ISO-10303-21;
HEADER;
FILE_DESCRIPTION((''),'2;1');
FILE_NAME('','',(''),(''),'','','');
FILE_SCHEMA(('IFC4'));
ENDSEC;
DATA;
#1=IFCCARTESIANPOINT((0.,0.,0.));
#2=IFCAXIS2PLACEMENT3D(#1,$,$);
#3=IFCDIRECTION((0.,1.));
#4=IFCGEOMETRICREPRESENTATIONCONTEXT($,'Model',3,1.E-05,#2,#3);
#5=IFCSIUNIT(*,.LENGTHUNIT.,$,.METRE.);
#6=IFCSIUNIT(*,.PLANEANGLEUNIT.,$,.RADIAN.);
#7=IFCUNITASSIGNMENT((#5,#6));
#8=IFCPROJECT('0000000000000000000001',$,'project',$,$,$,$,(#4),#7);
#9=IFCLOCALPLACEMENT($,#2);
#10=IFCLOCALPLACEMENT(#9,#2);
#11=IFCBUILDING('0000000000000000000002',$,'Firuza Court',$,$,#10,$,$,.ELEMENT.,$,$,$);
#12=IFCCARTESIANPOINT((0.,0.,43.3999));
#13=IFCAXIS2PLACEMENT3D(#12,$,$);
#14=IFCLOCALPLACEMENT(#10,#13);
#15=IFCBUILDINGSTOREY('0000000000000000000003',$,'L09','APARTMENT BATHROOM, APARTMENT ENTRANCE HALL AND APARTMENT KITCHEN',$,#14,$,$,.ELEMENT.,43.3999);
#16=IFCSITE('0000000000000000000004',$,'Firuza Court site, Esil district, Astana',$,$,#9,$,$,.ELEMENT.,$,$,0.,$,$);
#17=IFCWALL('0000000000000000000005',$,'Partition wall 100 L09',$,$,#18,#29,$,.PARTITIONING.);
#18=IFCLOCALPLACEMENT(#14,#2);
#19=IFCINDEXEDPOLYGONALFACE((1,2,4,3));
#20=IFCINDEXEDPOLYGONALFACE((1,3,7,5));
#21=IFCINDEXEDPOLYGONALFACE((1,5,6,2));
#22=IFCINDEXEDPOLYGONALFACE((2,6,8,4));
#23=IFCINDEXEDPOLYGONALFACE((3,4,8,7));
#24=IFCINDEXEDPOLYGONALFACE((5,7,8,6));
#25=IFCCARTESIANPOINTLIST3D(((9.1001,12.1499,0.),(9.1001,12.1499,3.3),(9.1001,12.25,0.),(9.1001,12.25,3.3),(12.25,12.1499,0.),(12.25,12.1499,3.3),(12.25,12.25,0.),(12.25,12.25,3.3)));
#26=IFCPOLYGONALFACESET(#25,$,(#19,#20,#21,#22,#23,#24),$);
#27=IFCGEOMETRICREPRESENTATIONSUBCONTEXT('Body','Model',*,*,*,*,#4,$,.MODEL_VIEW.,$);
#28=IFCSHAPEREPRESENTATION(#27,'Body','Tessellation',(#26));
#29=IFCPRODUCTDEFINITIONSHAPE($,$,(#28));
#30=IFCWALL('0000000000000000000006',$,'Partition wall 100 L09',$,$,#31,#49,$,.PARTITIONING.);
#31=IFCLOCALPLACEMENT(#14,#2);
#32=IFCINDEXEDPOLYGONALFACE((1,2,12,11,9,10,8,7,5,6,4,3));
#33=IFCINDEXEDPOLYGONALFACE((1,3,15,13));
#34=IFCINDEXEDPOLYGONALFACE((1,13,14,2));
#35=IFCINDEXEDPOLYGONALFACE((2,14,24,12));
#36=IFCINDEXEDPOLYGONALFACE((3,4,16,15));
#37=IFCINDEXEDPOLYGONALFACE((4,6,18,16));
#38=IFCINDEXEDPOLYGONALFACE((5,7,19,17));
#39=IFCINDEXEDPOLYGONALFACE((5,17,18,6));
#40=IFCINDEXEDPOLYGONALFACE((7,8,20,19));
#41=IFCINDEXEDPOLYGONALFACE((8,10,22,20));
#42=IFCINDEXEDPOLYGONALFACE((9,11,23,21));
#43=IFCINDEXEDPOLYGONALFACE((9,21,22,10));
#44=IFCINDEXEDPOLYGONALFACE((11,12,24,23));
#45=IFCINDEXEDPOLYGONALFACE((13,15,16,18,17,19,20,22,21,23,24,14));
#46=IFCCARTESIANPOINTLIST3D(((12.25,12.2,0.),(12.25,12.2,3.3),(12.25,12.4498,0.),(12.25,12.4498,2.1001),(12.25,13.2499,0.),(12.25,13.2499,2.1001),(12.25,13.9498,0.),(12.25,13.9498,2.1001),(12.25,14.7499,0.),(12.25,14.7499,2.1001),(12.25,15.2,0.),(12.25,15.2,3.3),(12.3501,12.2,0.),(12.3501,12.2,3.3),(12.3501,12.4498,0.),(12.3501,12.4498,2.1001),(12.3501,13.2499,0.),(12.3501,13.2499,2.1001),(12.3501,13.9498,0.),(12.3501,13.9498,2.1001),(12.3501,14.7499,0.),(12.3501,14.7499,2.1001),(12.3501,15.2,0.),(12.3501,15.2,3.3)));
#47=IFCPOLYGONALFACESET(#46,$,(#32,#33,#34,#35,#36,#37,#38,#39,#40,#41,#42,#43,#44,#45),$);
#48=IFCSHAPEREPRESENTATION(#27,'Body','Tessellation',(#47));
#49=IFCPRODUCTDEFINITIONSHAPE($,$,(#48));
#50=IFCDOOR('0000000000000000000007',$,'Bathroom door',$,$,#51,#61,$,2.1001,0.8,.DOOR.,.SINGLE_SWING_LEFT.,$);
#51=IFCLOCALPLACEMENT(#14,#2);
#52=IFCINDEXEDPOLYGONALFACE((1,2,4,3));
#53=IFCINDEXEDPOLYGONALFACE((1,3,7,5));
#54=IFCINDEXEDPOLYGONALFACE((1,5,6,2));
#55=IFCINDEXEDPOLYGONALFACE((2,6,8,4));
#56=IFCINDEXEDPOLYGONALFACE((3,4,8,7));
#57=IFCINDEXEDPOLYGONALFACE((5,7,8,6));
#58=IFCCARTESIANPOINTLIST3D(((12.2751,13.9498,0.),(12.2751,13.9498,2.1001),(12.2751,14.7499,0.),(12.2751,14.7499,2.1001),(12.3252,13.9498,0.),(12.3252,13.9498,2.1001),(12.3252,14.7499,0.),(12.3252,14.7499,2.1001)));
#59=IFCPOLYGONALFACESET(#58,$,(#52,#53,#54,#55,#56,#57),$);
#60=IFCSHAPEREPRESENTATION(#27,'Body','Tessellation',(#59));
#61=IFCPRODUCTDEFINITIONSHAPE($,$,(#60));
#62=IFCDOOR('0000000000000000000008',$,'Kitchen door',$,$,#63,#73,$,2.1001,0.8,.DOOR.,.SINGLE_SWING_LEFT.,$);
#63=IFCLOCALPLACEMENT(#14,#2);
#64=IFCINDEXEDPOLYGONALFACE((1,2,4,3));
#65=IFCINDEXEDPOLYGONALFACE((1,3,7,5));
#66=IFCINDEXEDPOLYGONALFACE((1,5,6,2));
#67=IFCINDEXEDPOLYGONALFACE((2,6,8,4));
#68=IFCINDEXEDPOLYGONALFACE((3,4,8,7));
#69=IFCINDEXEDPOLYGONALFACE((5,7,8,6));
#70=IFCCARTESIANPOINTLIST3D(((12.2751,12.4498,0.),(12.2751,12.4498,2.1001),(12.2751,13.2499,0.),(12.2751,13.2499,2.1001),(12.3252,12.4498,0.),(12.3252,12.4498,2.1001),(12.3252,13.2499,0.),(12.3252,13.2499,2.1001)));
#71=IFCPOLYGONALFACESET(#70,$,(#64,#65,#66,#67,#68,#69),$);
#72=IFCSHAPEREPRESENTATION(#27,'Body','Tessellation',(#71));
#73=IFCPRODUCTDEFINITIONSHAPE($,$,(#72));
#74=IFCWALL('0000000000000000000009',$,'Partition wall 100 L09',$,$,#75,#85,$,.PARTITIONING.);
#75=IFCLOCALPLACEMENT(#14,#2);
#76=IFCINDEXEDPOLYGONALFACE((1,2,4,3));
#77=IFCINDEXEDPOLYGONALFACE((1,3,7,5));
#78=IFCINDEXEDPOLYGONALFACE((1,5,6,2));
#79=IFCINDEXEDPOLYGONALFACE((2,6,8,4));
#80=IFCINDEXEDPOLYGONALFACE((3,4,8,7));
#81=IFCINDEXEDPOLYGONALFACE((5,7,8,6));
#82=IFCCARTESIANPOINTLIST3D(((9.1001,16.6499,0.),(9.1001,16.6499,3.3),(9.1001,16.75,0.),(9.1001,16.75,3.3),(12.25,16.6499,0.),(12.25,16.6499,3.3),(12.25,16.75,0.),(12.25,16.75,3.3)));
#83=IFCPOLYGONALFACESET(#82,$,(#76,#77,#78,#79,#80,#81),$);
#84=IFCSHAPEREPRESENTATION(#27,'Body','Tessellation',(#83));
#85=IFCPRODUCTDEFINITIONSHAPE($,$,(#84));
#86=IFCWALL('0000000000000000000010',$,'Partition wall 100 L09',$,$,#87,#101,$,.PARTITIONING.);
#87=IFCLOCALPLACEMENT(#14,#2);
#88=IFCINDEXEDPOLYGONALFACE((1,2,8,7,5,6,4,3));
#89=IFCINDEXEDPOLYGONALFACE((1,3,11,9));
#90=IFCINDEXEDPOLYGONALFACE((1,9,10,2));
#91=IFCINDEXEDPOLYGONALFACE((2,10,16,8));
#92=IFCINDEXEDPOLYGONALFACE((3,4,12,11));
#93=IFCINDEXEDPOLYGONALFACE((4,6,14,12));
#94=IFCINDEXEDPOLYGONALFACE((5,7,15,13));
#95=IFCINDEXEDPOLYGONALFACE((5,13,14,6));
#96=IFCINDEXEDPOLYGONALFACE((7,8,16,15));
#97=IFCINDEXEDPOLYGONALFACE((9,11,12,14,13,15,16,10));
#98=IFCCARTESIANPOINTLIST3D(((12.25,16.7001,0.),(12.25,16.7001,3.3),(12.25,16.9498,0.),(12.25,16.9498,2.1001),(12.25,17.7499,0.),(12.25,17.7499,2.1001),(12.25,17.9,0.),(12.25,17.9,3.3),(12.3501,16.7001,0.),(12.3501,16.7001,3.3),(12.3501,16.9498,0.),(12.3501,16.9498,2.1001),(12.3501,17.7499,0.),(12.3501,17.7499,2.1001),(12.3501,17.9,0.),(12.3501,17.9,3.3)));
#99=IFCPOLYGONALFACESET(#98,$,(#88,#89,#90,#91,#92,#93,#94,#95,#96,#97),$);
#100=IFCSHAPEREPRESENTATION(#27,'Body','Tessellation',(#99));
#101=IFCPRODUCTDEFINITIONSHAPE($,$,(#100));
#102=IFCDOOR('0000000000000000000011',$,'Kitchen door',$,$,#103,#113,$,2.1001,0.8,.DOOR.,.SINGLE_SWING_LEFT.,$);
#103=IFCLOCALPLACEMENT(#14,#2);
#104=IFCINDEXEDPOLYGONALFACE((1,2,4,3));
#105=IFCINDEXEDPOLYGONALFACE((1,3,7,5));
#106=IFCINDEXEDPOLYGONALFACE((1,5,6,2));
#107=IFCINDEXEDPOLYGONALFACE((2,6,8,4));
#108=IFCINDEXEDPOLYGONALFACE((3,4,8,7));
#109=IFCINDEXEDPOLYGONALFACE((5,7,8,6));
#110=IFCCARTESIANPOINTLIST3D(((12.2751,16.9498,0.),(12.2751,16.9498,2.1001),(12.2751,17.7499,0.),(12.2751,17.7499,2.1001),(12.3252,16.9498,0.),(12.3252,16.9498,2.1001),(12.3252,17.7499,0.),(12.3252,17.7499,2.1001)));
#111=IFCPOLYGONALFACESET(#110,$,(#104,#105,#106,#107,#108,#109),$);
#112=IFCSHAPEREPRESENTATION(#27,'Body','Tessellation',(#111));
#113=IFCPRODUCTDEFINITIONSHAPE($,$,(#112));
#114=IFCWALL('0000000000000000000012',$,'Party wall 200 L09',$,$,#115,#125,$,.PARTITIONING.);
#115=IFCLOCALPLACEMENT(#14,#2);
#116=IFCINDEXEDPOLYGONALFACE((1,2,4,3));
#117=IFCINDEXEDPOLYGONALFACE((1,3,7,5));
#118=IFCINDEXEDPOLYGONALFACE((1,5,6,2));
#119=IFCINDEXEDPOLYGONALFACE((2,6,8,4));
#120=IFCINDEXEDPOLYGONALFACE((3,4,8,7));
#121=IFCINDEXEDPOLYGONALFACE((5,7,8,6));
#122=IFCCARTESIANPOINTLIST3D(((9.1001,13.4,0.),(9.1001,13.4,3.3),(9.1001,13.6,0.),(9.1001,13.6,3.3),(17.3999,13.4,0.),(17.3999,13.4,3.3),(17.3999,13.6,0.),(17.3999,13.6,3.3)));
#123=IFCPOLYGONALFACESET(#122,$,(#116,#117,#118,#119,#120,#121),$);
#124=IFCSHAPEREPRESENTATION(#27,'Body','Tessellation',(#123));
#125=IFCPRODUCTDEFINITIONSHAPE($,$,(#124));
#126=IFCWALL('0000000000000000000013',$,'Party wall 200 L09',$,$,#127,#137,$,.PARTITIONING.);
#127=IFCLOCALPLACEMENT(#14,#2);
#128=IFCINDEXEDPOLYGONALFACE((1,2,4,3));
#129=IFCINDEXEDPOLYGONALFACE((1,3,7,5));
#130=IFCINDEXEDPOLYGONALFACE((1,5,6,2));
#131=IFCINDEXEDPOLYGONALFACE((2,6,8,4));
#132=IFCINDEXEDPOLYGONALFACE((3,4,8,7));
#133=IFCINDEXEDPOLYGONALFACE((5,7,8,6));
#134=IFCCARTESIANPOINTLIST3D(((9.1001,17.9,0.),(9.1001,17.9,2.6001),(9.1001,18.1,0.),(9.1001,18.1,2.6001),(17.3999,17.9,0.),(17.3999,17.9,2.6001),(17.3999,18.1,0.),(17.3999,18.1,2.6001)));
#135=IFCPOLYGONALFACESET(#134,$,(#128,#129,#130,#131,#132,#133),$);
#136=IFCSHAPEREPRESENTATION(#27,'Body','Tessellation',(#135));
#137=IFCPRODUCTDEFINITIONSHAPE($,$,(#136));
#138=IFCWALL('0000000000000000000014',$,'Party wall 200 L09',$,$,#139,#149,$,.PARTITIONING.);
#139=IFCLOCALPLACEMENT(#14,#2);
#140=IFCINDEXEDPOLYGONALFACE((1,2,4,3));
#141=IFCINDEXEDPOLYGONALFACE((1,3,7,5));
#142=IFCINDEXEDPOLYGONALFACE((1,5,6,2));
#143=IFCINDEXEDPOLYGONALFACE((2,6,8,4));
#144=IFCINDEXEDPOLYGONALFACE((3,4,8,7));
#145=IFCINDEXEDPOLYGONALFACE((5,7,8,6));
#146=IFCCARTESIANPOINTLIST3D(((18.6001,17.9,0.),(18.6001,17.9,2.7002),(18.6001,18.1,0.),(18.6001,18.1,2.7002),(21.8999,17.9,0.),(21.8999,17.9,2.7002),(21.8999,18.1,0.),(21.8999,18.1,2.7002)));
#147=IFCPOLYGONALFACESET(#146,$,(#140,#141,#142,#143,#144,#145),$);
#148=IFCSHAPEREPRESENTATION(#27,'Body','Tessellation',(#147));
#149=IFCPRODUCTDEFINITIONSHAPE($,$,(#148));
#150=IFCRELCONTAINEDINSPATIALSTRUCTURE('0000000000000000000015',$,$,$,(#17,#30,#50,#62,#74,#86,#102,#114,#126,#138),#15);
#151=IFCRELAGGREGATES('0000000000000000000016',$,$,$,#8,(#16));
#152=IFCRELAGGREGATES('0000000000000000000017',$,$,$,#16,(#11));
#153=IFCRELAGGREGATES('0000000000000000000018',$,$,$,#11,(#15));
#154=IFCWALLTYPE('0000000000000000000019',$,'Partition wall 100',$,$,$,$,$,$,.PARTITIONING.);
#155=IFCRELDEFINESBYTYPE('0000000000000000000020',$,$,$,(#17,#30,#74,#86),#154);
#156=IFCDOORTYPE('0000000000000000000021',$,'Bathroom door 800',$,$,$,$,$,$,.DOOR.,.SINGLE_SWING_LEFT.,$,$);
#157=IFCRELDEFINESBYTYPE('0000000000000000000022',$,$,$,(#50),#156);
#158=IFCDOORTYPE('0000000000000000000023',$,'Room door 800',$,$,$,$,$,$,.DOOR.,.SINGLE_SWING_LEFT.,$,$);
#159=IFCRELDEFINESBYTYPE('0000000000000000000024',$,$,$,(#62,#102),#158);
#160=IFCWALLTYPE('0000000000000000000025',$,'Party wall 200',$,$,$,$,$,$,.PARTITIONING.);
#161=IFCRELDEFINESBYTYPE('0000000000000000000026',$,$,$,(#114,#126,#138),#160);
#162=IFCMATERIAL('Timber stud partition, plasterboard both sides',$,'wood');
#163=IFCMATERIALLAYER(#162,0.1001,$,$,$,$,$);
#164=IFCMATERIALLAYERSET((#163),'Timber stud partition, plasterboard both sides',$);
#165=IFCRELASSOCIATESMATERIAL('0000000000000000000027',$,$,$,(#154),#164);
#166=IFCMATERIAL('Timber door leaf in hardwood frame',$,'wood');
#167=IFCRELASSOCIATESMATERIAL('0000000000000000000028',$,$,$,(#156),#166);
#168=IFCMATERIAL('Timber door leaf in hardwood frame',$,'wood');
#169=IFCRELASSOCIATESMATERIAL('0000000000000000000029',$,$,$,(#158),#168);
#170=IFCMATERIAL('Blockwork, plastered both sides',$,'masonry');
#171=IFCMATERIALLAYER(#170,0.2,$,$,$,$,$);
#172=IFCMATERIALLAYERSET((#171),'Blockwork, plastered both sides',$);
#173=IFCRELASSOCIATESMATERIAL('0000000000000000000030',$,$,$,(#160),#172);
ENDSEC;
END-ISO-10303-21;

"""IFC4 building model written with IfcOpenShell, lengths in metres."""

from ifc_helpers import new_model, si_unit, direction, frame, frame_2d, origin, place, context, subcontext, project, spatial, rectangle, extrude, material, layer, layer_set, type_object, element, fill, save


model = new_model("IFC4")

# Units and contexts
model_context = context("Model", 3, precision=1e-05, world=origin(), true_north=direction((0.0, 1.0)))
body_context = subcontext(model_context, "Body", "Model", "MODEL_VIEW")
ifc_project = project(units=[si_unit("LENGTHUNIT", "METRE"), si_unit("PLANEANGLEUNIT", "RADIAN")], contexts=[model_context])

# Site, building, storey
site_placement = place(None, origin())
site = spatial("IfcSite", under=ifc_project, at=site_placement, Name="Firuza Court site, Esil district, Astana", CompositionType="ELEMENT", RefElevation=0.0)
building_placement = place(site_placement, origin())
building = spatial("IfcBuilding", under=site, at=building_placement, Name="Firuza Court", CompositionType="ELEMENT")
storey_placement = place(building_placement, frame((0.0, 0.0, 43.3999)))
storey = spatial("IfcBuildingStorey", under=building, at=storey_placement, Name="L09", Description="APARTMENT BATHROOM, APARTMENT ENTRANCE HALL AND APARTMENT KITCHEN", CompositionType="ELEMENT", Elevation=43.3999)

# Shared definitions
ifc_material_1 = material(Name="Timber stud partition, plasterboard both sides", Category="wood")
ifc_layer_1 = layer(ifc_material_1, 0.1001)
ifc_layer_set_1 = layer_set([ifc_layer_1], Name="Timber stud partition, plasterboard both sides")
wall_type_1 = type_object("IfcWallType", Name="Partition wall 100", PredefinedType="PARTITIONING", material=ifc_layer_set_1)
ifc_material_2 = material(Name="Timber door leaf in hardwood frame", Category="wood")
door_type_1 = type_object("IfcDoorType", Name="Bathroom door 800", OperationType="SINGLE_SWING_LEFT", PredefinedType="DOOR", material=ifc_material_2)

# Wall
wall_1_placement = place(storey_placement, frame((9.1001, 12.2, 0.0), z_axis=(0.0, 0.0, 1.0), x_axis=(1.0, 0.0, 0.0)))
element("IfcWall", 1, at=wall_1_placement, inside=storey, type_object=wall_type_1, Name="Partition wall 100 L09", PredefinedType="PARTITIONING", context=body_context, shape_type="SweptSolid", body=[
    extrude(rectangle(XDim=3.1499, YDim=0.1001, at=frame_2d((1.575, 0.0))), origin(), (0.0, 0.0, 1.0), 3.3),
])

# Wall, openings, doors
wall_2_placement = place(storey_placement, frame((12.3, 12.2, 0.0), z_axis=(0.0, 0.0, 1.0), x_axis=(0.0, 1.0, 0.0)))
wall_2 = element("IfcWall", 2, at=wall_2_placement, inside=storey, type_object=wall_type_1, Name="Partition wall 100 L09", PredefinedType="PARTITIONING", context=body_context, shape_type="SweptSolid", body=[
    extrude(rectangle(XDim=3.0, YDim=0.1001, at=frame_2d((1.5, 0.0))), origin(), (0.0, 0.0, 1.0), 3.3),
])
opening_1_placement = place(wall_2_placement, frame((1.75, 0.0, 0.0)))
opening_1 = element("IfcOpeningElement", 3, at=opening_1_placement, cuts=wall_2, PredefinedType="OPENING", context=body_context, shape_type="SweptSolid", body=[
    extrude(rectangle(XDim=0.8, YDim=2.1001, at=frame_2d((0.3999, 1.05))), frame((0.0, 0.062, 0.0), z_axis=(0.0, -1.0, 0.0), x_axis=(1.0, 0.0, 0.0)), (0.0, 0.0, 1.0), 0.124),
])
opening_2_placement = place(wall_2_placement, frame((0.25, 0.0, 0.0)))
opening_2 = element("IfcOpeningElement", 4, at=opening_2_placement, cuts=wall_2, PredefinedType="OPENING", context=body_context, shape_type="SweptSolid", body=[
    extrude(rectangle(XDim=0.8, YDim=2.1001, at=frame_2d((0.3999, 1.05))), frame((0.0, 0.062, 0.0), z_axis=(0.0, -1.0, 0.0), x_axis=(1.0, 0.0, 0.0)), (0.0, 0.0, 1.0), 0.124),
])
door_1_placement = place(opening_1_placement, origin())
door_1 = element("IfcDoor", 5, at=door_1_placement, inside=storey, type_object=door_type_1, Name="Bathroom door", OperationType="SINGLE_SWING_LEFT", OverallHeight=2.1001, OverallWidth=0.8, PredefinedType="DOOR", context=body_context, shape_type="SweptSolid", body=[
    extrude(rectangle(XDim=0.8, YDim=2.1001, at=frame_2d((0.3999, 1.05))), frame((0.0, 0.0249, 0.0), z_axis=(0.0, -1.0, 0.0), x_axis=(1.0, 0.0, 0.0)), (0.0, 0.0, 1.0), 0.05),
])
fill(opening_1, door_1)
ifc_material_3 = material(Name="Timber door leaf in hardwood frame", Category="wood")
door_type_2 = type_object("IfcDoorType", Name="Room door 800", OperationType="SINGLE_SWING_LEFT", PredefinedType="DOOR", material=ifc_material_3)
door_2_placement = place(opening_2_placement, origin())
door_2 = element("IfcDoor", 6, at=door_2_placement, inside=storey, type_object=door_type_2, Name="Kitchen door", OperationType="SINGLE_SWING_LEFT", OverallHeight=2.1001, OverallWidth=0.8, PredefinedType="DOOR", context=body_context, shape_type="SweptSolid", body=[
    extrude(rectangle(XDim=0.8, YDim=2.1001, at=frame_2d((0.3999, 1.05))), frame((0.0, 0.0249, 0.0), z_axis=(0.0, -1.0, 0.0), x_axis=(1.0, 0.0, 0.0)), (0.0, 0.0, 1.0), 0.05),
])
fill(opening_2, door_2)

# Wall
wall_3_placement = place(storey_placement, frame((9.1001, 16.7, 0.0), z_axis=(0.0, 0.0, 1.0), x_axis=(1.0, 0.0, 0.0)))
element("IfcWall", 7, at=wall_3_placement, inside=storey, type_object=wall_type_1, Name="Partition wall 100 L09", PredefinedType="PARTITIONING", context=body_context, shape_type="SweptSolid", body=[
    extrude(rectangle(XDim=3.1499, YDim=0.1001, at=frame_2d((1.575, 0.0))), origin(), (0.0, 0.0, 1.0), 3.3),
])

# Wall, opening, door
wall_4_placement = place(storey_placement, frame((12.3, 16.7, 0.0), z_axis=(0.0, 0.0, 1.0), x_axis=(0.0, 1.0, 0.0)))
wall_4 = element("IfcWall", 8, at=wall_4_placement, inside=storey, type_object=wall_type_1, Name="Partition wall 100 L09", PredefinedType="PARTITIONING", context=body_context, shape_type="SweptSolid", body=[
    extrude(rectangle(XDim=1.2, YDim=0.1001, at=frame_2d((0.6001, 0.0))), origin(), (0.0, 0.0, 1.0), 3.3),
])
opening_3_placement = place(wall_4_placement, frame((0.25, 0.0, 0.0)))
opening_3 = element("IfcOpeningElement", 9, at=opening_3_placement, cuts=wall_4, PredefinedType="OPENING", context=body_context, shape_type="SweptSolid", body=[
    extrude(rectangle(XDim=0.8, YDim=2.1001, at=frame_2d((0.3999, 1.05))), frame((0.0, 0.062, 0.0), z_axis=(0.0, -1.0, 0.0), x_axis=(1.0, 0.0, 0.0)), (0.0, 0.0, 1.0), 0.124),
])
door_3_placement = place(opening_3_placement, origin())
door_3 = element("IfcDoor", 10, at=door_3_placement, inside=storey, type_object=door_type_2, Name="Kitchen door", OperationType="SINGLE_SWING_LEFT", OverallHeight=2.1001, OverallWidth=0.8, PredefinedType="DOOR", context=body_context, shape_type="SweptSolid", body=[
    extrude(rectangle(XDim=0.8, YDim=2.1001, at=frame_2d((0.3999, 1.05))), frame((0.0, 0.0249, 0.0), z_axis=(0.0, -1.0, 0.0), x_axis=(1.0, 0.0, 0.0)), (0.0, 0.0, 1.0), 0.05),
])
fill(opening_3, door_3)

# Walls
ifc_material_4 = material(Name="Blockwork, plastered both sides", Category="masonry")
ifc_layer_2 = layer(ifc_material_4, 0.2)
ifc_layer_set_2 = layer_set([ifc_layer_2], Name="Blockwork, plastered both sides")
wall_type_2 = type_object("IfcWallType", Name="Party wall 200", PredefinedType="PARTITIONING", material=ifc_layer_set_2)
wall_5_placement = place(storey_placement, frame((9.1001, 13.5, 0.0), z_axis=(0.0, 0.0, 1.0), x_axis=(1.0, 0.0, 0.0)))
element("IfcWall", 11, at=wall_5_placement, inside=storey, type_object=wall_type_2, Name="Party wall 200 L09", PredefinedType="PARTITIONING", context=body_context, shape_type="SweptSolid", body=[
    extrude(rectangle(XDim=8.2998, YDim=0.2, at=frame_2d((4.1499, 0.0))), origin(), (0.0, 0.0, 1.0), 3.3),
])
wall_6_placement = place(storey_placement, frame((9.1001, 18.0, 0.0), z_axis=(0.0, 0.0, 1.0), x_axis=(1.0, 0.0, 0.0)))
element("IfcWall", 12, at=wall_6_placement, inside=storey, type_object=wall_type_2, Name="Party wall 200 L09", PredefinedType="PARTITIONING", context=body_context, shape_type="SweptSolid", body=[
    extrude(rectangle(XDim=8.2998, YDim=0.2, at=frame_2d((4.1499, 0.0))), origin(), (0.0, 0.0, 1.0), 2.6001),
])
wall_7_placement = place(storey_placement, frame((18.6001, 18.0, 0.0), z_axis=(0.0, 0.0, 1.0), x_axis=(1.0, 0.0, 0.0)))
element("IfcWall", 13, at=wall_7_placement, inside=storey, type_object=wall_type_2, Name="Party wall 200 L09", PredefinedType="PARTITIONING", context=body_context, shape_type="SweptSolid", body=[
    extrude(rectangle(XDim=3.2998, YDim=0.2, at=frame_2d((1.6499, 0.0))), origin(), (0.0, 0.0, 1.0), 2.7002),
])

save(model, "model.ifc")
